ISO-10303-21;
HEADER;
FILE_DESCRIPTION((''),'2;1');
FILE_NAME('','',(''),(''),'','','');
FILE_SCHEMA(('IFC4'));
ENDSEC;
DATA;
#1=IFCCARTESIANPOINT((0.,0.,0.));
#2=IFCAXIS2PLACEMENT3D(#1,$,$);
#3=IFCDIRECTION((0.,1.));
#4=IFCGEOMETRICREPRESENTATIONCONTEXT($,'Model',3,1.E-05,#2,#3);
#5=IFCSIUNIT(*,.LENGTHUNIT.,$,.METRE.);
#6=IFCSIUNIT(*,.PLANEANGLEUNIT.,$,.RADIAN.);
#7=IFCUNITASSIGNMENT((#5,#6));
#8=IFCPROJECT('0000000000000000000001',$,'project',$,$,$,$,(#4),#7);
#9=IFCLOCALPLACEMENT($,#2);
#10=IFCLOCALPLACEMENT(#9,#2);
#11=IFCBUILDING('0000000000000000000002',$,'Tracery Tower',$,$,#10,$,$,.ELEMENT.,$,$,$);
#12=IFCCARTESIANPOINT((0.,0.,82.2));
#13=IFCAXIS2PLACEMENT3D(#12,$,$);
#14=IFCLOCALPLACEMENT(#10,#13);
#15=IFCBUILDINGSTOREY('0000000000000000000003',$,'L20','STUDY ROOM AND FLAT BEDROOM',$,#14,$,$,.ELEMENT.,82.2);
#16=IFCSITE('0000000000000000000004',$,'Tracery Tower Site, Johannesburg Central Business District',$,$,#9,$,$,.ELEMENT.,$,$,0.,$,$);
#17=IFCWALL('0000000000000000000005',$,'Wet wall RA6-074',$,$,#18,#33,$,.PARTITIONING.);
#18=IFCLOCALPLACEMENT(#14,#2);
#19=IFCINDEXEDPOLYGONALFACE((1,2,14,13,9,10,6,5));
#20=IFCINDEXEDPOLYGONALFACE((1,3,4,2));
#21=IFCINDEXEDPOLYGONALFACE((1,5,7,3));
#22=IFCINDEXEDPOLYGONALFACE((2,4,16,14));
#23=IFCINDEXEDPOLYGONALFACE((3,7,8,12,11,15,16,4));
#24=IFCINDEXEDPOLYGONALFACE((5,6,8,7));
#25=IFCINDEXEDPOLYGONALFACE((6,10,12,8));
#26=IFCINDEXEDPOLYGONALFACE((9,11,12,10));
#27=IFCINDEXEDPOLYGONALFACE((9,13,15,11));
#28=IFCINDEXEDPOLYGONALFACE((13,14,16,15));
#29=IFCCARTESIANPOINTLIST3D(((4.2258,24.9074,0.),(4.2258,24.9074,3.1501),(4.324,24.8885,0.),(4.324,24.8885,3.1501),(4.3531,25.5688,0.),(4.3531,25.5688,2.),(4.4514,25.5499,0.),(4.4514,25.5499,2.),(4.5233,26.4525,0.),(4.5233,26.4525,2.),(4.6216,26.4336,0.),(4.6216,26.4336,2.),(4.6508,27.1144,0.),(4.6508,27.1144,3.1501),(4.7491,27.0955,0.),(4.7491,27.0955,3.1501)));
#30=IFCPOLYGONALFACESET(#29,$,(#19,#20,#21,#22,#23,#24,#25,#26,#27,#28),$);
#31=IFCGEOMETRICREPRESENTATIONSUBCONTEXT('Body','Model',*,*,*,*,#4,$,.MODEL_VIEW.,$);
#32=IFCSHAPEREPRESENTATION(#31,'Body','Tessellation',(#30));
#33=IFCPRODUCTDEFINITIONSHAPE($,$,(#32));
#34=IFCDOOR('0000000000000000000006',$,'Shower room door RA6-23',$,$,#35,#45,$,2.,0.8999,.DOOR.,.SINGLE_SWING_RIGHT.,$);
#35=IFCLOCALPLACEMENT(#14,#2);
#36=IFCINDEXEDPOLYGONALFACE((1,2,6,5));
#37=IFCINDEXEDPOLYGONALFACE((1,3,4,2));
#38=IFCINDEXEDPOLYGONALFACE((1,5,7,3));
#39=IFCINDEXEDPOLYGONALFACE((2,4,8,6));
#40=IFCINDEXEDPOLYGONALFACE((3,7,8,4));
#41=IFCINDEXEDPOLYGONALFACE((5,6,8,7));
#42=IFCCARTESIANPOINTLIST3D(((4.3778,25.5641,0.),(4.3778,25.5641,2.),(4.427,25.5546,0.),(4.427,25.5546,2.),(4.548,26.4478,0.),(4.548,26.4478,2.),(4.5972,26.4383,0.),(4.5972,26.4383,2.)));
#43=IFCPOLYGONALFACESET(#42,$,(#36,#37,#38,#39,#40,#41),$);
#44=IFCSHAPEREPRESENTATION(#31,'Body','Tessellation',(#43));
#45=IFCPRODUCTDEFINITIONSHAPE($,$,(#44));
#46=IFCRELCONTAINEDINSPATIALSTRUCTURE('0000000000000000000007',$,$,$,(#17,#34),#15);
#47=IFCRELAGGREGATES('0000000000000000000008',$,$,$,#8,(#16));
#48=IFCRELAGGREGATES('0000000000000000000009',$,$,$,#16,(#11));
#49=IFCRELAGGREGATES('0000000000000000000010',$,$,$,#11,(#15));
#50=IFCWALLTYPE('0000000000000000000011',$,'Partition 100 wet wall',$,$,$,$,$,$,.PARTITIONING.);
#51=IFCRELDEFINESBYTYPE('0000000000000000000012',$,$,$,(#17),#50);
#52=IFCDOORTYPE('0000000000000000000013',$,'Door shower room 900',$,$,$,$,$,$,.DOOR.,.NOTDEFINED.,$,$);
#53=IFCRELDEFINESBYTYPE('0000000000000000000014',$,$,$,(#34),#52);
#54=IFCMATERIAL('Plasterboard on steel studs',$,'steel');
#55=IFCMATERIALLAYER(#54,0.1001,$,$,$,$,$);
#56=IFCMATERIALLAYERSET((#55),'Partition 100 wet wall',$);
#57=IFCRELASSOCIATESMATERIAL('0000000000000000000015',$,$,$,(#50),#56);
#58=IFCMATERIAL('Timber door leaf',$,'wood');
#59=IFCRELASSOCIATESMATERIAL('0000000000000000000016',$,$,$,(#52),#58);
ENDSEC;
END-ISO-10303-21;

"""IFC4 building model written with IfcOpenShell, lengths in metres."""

from ifc_helpers import new_model, si_unit, direction, frame, frame_2d, origin, place, context, subcontext, project, spatial, rectangle, extrude, material, layer, layer_set, type_object, element, fill, save


model = new_model("IFC4")

# Units and contexts
model_context = context("Model", 3, precision=1e-05, world=origin(), true_north=direction((0.0, 1.0)))
body_context = subcontext(model_context, "Body", "Model", "MODEL_VIEW")
ifc_project = project(units=[si_unit("LENGTHUNIT", "METRE"), si_unit("PLANEANGLEUNIT", "RADIAN")], contexts=[model_context])

# Site, building, storey
site_placement = place(None, origin())
site = spatial("IfcSite", under=ifc_project, at=site_placement, Name="Tracery Tower Site, Johannesburg Central Business District", CompositionType="ELEMENT", RefElevation=0.0)
building_placement = place(site_placement, origin())
building = spatial("IfcBuilding", under=site, at=building_placement, Name="Tracery Tower", CompositionType="ELEMENT")
storey_placement = place(building_placement, frame((0.0, 0.0, 82.2)))
storey = spatial("IfcBuildingStorey", under=building, at=storey_placement, Name="L20", Description="STUDY ROOM AND FLAT BEDROOM", CompositionType="ELEMENT", Elevation=82.2)

# Shared definitions
ifc_material_1 = material(Name="Plasterboard on steel studs", Category="steel")
ifc_layer_1 = layer(ifc_material_1, 0.1001)
ifc_layer_set_1 = layer_set([ifc_layer_1], Name="Partition 100 wet wall")
wall_type_1 = type_object("IfcWallType", Name="Partition 100 wet wall", PredefinedType="PARTITIONING", material=ifc_layer_set_1)

# Wall, opening, door
wall_1_placement = place(storey_placement, frame((4.2749, 24.8979, 0.0), z_axis=(0.0, 0.0, 1.0), x_axis=(0.189113, 0.981955, 0.0)))
wall_1 = element("IfcWall", 1, at=wall_1_placement, inside=storey, type_object=wall_type_1, Name="Wet wall RA6-074", PredefinedType="PARTITIONING", context=body_context, shape_type="SweptSolid", body=[
    extrude(rectangle(XDim=2.2476, YDim=0.1001, at=frame_2d((1.1238, 0.0))), origin(), (0.0, 0.0, 1.0), 3.1501),
])
opening_1_placement = place(wall_1_placement, frame((0.6736, 0.0, 0.0)))
opening_1 = element("IfcOpeningElement", 2, at=opening_1_placement, cuts=wall_1, PredefinedType="OPENING", context=body_context, shape_type="SweptSolid", body=[
    extrude(rectangle(XDim=0.8999, YDim=2.0, at=frame_2d((0.45, 1.0))), frame((0.0, 0.05, 0.0), z_axis=(0.0, -1.0, 0.0), x_axis=(1.0, 0.0, 0.0)), (0.0, 0.0, 1.0), 0.1001),
])
ifc_material_2 = material(Name="Timber door leaf", Category="wood")
door_type_1 = type_object("IfcDoorType", Name="Door shower room 900", OperationType="NOTDEFINED", PredefinedType="DOOR", material=ifc_material_2)
door_1_placement = place(opening_1_placement, origin())
door_1 = element("IfcDoor", 3, at=door_1_placement, inside=storey, type_object=door_type_1, Name="Shower room door RA6-23", OperationType="SINGLE_SWING_RIGHT", OverallHeight=2.0, OverallWidth=0.8999, PredefinedType="DOOR", context=body_context, shape_type="SweptSolid", body=[
    extrude(rectangle(XDim=0.8999, YDim=2.0, at=frame_2d((0.45, 1.0))), frame((0.0, 0.0249, 0.0), z_axis=(0.0, -1.0, 0.0), x_axis=(1.0, 0.0, 0.0)), (0.0, 0.0, 1.0), 0.05),
])
fill(opening_1, door_1)

save(model, "model.ifc")
